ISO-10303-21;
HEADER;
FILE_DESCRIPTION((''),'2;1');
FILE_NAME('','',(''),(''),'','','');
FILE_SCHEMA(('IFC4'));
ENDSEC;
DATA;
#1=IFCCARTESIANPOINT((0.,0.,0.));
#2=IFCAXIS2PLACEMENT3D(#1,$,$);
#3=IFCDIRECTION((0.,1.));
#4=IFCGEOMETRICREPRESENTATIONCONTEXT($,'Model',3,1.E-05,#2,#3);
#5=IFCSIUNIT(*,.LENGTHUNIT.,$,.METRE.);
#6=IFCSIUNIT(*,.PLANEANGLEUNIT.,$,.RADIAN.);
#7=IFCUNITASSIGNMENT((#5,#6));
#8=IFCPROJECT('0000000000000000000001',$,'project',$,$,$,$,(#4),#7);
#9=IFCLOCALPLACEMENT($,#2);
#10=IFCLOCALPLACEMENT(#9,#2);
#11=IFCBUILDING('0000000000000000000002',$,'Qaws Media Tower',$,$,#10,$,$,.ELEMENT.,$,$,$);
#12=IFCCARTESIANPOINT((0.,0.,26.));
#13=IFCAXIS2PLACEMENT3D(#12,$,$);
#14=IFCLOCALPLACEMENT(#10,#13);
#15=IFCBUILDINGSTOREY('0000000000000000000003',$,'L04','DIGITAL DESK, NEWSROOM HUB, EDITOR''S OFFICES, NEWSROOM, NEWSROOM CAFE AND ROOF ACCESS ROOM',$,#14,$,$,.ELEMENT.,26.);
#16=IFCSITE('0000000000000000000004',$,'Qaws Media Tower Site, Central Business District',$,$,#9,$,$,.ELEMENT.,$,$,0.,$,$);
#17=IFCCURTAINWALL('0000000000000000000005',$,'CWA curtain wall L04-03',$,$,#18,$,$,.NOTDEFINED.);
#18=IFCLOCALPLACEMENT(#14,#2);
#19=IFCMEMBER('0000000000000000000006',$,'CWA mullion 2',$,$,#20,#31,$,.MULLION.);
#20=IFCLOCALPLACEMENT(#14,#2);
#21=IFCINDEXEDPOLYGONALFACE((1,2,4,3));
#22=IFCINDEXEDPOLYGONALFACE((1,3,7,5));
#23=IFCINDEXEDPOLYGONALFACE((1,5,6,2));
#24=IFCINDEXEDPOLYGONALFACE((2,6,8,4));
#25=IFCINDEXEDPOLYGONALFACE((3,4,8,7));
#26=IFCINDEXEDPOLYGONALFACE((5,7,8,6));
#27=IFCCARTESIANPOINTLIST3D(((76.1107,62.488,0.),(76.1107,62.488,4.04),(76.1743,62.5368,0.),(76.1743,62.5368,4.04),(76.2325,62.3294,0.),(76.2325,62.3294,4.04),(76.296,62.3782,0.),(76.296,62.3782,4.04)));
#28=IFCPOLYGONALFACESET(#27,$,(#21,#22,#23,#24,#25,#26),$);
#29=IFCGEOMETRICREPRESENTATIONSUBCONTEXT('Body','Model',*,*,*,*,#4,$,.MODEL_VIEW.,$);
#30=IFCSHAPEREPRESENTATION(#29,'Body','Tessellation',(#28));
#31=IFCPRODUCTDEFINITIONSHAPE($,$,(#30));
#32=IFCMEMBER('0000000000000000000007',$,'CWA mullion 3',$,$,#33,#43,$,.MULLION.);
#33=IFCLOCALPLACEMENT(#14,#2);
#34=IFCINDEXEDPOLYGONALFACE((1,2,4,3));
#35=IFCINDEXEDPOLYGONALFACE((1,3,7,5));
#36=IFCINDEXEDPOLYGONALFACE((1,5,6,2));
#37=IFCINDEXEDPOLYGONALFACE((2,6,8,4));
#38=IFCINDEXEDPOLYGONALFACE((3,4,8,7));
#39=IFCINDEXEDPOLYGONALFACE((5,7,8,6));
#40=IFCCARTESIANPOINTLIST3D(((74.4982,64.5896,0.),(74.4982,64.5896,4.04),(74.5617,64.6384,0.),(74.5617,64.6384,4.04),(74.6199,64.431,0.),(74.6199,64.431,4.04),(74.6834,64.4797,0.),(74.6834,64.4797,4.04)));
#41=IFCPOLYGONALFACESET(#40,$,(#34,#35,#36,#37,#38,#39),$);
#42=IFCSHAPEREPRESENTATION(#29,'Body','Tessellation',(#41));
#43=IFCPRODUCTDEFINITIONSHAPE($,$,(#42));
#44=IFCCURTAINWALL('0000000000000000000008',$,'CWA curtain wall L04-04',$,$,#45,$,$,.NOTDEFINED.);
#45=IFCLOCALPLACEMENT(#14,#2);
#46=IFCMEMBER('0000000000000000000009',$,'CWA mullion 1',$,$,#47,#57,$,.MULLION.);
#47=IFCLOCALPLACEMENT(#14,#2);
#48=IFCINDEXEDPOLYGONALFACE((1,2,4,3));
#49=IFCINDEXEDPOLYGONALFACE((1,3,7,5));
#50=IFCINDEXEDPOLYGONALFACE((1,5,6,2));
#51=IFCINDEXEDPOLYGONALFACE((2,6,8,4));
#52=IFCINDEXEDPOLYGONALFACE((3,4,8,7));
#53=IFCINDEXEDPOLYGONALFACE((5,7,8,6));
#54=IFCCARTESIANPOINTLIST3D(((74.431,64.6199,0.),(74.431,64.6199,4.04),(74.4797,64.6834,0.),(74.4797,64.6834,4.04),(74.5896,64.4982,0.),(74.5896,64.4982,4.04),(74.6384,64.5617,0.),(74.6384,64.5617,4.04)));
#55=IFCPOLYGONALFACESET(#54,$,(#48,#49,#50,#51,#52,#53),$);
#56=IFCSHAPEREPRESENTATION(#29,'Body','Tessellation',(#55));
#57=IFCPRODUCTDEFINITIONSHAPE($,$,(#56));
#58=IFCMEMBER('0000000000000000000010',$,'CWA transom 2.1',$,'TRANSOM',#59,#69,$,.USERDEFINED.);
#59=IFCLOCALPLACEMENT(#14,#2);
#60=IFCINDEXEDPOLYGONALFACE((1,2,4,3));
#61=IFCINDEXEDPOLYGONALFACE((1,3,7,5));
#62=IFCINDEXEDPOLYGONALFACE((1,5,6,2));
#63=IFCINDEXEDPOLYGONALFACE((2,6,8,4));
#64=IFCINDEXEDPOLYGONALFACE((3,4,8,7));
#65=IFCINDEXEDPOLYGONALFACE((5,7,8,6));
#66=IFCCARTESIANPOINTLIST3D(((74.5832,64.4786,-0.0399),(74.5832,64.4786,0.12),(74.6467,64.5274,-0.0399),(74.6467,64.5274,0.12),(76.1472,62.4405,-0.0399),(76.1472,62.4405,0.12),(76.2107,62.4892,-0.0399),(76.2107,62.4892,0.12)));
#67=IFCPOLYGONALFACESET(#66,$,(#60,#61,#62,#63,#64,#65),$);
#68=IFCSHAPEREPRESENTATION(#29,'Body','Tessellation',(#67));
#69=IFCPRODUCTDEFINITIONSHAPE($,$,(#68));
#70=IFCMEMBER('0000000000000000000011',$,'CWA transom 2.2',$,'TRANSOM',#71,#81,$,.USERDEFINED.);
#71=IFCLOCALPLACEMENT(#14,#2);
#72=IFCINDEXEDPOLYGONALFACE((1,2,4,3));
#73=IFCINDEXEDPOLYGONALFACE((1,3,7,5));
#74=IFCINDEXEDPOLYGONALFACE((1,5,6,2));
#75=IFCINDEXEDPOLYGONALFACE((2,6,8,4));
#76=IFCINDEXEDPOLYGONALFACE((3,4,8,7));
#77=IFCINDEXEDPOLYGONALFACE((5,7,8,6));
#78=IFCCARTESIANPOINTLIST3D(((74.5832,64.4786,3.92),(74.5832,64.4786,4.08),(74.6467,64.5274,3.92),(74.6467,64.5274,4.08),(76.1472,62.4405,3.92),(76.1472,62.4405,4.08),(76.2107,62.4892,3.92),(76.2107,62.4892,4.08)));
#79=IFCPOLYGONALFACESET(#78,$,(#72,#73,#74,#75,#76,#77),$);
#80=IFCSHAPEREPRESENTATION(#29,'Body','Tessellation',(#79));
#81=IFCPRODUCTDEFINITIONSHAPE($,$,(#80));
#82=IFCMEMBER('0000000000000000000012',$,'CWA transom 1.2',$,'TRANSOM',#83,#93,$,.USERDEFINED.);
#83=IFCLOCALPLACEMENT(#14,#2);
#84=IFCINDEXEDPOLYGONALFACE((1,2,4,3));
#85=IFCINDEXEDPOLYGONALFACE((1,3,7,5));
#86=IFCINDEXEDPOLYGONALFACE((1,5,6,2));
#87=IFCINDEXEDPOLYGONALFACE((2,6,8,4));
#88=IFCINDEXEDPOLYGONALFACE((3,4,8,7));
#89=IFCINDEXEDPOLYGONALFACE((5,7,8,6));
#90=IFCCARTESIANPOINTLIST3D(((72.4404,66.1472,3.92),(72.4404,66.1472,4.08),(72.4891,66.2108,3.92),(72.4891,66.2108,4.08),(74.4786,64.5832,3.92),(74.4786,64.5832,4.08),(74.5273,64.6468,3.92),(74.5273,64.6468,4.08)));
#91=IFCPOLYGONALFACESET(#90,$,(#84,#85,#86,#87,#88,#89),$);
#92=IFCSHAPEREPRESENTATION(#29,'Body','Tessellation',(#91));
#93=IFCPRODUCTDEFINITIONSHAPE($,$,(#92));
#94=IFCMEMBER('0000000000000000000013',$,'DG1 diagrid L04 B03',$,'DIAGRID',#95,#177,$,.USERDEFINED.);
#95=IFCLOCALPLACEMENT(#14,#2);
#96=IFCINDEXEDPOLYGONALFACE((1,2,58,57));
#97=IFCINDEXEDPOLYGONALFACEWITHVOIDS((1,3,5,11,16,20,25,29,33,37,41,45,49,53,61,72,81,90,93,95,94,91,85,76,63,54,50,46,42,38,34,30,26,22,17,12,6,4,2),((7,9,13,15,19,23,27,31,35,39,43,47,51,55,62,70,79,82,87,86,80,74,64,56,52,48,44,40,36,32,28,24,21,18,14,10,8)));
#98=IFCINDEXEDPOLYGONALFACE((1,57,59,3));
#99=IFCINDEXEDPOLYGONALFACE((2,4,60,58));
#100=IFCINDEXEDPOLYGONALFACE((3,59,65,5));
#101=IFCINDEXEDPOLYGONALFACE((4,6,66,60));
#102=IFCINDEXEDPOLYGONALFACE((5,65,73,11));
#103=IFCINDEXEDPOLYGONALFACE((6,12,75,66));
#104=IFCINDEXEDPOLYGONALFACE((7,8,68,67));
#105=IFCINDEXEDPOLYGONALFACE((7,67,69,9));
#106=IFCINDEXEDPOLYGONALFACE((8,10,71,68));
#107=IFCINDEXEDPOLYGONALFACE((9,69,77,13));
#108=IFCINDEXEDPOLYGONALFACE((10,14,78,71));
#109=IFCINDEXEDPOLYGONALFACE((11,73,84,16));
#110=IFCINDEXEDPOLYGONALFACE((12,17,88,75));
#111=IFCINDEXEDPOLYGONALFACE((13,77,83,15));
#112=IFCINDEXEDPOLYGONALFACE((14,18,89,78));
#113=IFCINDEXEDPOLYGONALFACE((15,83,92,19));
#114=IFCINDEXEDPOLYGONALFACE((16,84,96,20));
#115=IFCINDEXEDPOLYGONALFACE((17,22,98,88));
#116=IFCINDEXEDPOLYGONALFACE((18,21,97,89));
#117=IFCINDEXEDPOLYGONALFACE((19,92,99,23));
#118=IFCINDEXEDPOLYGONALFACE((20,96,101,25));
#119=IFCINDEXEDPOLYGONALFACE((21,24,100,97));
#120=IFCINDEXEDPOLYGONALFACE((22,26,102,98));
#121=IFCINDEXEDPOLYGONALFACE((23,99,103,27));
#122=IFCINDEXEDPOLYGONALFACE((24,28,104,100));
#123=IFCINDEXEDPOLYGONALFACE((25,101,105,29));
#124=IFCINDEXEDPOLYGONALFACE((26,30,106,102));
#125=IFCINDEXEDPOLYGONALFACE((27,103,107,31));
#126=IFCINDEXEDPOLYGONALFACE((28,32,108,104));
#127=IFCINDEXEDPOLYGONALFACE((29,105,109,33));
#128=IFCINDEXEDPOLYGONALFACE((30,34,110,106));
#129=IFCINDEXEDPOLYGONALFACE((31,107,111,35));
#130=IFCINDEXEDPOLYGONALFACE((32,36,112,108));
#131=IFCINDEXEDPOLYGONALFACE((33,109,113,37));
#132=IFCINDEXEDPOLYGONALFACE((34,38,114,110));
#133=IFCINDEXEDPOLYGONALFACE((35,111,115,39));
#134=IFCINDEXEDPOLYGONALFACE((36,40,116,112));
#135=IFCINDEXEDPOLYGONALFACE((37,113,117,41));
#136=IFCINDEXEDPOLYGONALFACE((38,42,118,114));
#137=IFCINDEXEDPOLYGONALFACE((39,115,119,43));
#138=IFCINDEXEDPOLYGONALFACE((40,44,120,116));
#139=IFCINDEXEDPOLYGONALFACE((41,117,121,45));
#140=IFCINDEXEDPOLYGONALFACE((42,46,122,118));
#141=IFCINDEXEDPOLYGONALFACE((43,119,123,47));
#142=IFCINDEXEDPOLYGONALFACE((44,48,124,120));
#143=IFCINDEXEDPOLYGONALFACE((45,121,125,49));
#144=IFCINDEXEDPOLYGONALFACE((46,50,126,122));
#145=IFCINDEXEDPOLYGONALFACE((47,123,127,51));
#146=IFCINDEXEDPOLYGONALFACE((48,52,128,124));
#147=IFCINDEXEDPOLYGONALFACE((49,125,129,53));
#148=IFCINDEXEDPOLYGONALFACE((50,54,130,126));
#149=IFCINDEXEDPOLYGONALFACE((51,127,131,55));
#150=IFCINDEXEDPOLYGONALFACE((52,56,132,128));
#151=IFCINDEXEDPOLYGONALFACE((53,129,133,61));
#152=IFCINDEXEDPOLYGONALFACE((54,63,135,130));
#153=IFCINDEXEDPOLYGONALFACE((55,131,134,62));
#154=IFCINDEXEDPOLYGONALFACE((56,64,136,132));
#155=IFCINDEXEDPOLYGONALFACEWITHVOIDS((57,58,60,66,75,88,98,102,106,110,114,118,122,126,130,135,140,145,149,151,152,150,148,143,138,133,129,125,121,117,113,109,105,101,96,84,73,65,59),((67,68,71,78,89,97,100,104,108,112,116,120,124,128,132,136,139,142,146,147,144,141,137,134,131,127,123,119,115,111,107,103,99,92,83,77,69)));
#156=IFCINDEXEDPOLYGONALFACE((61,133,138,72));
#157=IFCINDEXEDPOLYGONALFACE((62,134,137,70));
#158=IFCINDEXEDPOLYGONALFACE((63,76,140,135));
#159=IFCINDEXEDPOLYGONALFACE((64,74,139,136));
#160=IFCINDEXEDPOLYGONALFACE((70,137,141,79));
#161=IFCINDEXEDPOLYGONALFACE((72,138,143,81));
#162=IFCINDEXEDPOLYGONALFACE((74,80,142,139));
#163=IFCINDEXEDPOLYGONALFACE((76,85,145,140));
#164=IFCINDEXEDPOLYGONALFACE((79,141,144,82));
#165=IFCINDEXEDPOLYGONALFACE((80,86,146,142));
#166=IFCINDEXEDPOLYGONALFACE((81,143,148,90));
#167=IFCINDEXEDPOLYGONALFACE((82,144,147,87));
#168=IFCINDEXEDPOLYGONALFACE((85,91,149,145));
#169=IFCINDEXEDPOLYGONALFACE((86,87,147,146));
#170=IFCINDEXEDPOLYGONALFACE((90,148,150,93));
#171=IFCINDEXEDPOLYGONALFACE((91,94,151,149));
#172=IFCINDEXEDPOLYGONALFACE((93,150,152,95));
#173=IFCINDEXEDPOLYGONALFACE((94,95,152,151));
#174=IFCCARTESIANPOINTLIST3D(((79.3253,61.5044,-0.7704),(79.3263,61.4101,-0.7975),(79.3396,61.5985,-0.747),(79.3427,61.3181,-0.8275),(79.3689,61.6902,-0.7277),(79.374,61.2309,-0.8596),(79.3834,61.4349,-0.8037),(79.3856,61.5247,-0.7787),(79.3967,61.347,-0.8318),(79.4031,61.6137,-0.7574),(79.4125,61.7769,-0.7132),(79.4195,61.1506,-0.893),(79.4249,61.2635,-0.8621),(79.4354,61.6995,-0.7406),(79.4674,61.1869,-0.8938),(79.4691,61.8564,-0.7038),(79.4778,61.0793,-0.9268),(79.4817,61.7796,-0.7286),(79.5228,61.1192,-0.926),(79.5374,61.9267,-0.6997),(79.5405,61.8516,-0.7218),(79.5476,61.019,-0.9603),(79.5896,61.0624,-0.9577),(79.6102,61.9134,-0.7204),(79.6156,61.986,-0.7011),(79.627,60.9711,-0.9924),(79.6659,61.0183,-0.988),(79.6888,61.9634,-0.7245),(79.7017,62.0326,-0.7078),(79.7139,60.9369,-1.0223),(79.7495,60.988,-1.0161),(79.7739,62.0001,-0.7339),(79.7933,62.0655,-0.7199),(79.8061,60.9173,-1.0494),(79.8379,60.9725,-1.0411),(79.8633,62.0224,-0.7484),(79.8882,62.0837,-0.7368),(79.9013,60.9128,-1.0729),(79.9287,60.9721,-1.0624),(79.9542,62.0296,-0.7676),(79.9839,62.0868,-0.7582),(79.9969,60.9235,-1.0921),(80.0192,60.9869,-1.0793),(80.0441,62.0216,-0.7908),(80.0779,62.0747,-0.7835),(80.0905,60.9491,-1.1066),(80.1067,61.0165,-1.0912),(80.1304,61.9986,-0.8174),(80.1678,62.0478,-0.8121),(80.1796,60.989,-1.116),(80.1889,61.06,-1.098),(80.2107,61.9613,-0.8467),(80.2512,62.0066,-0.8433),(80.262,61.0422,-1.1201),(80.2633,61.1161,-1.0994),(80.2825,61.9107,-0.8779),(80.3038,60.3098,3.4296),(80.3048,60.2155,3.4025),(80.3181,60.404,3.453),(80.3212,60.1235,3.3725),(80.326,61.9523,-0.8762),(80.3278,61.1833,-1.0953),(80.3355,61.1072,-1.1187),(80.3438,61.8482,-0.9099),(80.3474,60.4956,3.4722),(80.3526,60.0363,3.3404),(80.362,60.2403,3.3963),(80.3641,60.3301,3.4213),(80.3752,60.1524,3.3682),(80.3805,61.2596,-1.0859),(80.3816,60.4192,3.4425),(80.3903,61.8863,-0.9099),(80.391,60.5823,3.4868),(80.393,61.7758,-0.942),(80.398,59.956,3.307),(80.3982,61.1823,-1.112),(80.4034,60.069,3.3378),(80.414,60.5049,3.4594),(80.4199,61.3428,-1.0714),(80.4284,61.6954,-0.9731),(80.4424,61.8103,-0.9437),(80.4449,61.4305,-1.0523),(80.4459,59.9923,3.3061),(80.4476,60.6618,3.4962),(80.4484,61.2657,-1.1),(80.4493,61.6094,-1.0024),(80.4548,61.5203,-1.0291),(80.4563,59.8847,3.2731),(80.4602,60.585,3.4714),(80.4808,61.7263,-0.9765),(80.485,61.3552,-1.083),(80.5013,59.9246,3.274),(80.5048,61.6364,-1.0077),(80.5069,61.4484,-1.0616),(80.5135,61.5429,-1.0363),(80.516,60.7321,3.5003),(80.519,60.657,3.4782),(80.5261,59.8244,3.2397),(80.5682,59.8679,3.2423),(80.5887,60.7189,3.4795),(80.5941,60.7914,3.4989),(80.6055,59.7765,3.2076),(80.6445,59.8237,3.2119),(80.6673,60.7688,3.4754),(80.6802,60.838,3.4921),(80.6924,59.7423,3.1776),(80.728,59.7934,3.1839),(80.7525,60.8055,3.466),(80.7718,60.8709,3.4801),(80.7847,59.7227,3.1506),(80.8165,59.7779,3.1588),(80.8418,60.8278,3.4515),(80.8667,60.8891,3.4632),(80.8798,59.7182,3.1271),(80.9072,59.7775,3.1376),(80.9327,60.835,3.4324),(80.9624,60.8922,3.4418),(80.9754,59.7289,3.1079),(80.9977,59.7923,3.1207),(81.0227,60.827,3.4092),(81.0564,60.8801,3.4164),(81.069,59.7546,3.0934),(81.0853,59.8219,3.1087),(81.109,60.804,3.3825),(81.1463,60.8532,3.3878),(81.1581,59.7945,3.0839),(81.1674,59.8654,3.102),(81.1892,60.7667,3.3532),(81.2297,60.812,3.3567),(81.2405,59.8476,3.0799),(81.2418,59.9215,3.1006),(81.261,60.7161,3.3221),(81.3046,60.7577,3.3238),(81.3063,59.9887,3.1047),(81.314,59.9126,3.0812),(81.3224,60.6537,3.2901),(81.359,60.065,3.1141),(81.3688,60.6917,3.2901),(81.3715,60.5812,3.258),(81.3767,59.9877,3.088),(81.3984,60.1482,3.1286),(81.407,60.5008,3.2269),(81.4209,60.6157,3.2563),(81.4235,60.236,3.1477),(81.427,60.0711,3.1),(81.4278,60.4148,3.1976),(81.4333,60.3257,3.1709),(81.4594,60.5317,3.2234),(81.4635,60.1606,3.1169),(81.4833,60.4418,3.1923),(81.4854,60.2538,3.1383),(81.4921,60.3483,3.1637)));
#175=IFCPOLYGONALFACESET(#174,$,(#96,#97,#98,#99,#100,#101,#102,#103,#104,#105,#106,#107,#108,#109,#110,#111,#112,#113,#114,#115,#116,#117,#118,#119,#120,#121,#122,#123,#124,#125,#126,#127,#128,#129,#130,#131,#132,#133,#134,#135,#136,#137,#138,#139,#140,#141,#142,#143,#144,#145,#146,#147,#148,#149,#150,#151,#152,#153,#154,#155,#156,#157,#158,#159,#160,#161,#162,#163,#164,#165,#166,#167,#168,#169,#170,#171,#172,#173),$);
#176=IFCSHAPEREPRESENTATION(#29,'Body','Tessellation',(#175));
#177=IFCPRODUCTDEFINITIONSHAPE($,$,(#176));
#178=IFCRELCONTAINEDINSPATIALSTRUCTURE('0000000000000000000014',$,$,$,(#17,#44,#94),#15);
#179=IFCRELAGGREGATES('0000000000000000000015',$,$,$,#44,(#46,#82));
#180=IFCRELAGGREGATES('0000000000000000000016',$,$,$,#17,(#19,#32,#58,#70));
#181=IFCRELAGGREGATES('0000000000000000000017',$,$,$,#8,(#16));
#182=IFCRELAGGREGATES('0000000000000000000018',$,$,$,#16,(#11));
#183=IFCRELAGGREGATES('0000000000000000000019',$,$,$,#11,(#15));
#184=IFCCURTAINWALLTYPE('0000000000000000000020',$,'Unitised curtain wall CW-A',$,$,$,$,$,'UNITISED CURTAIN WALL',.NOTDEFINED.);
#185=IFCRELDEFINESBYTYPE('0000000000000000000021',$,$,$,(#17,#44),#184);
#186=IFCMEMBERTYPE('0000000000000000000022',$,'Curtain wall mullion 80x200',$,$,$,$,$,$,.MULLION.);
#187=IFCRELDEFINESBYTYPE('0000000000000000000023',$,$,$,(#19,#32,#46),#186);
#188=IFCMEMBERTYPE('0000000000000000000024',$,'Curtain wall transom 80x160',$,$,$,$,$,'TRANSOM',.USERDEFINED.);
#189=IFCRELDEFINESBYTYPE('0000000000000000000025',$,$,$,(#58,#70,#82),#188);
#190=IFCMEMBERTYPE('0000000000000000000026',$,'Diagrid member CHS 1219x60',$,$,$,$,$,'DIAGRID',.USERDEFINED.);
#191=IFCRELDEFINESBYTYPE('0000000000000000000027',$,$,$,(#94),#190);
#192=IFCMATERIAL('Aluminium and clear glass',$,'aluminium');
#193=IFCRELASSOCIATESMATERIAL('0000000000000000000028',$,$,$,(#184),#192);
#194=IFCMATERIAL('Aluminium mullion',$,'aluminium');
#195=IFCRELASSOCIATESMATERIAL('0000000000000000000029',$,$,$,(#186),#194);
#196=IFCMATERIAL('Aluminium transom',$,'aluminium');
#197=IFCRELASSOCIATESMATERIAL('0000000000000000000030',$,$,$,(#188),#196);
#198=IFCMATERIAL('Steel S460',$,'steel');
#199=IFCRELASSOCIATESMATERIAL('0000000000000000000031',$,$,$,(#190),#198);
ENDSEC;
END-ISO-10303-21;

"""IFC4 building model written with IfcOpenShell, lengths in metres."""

from ifc_helpers import new_model, si_unit, direction, frame, origin, origin_2d, place, context, subcontext, project, spatial, rectangle, hollow_circle, extrude, material, material_profile, profile_set, type_object, element, aggregate, save


model = new_model("IFC4")

# Units and contexts
model_context = context("Model", 3, precision=1e-05, world=origin(), true_north=direction((0.0, 1.0)))
body_context = subcontext(model_context, "Body", "Model", "MODEL_VIEW")
ifc_project = project(units=[si_unit("LENGTHUNIT", "METRE"), si_unit("PLANEANGLEUNIT", "RADIAN")], contexts=[model_context])

# Site, building, storey
site_placement = place(None, origin())
site = spatial("IfcSite", under=ifc_project, at=site_placement, Name="Qaws Media Tower Site, Central Business District", CompositionType="ELEMENT", RefElevation=0.0)
building_placement = place(site_placement, origin())
building = spatial("IfcBuilding", under=site, at=building_placement, Name="Qaws Media Tower", CompositionType="ELEMENT")
storey_placement = place(building_placement, frame((0.0, 0.0, 26.0)))
storey = spatial("IfcBuildingStorey", under=building, at=storey_placement, Name="L04", Description="DIGITAL DESK, NEWSROOM HUB, EDITOR'S OFFICES, NEWSROOM, NEWSROOM CAFE AND ROOF ACCESS ROOM", CompositionType="ELEMENT", Elevation=26.0)

# Curtain wall, members
ifc_material_1 = material(Name="Aluminium and clear glass", Category="aluminium")
curtain_wall_type = type_object("IfcCurtainWallType", Name="Unitised curtain wall CW-A", ElementType="UNITISED CURTAIN WALL", PredefinedType="NOTDEFINED", material=ifc_material_1)
curtain_wall_1_placement = place(storey_placement, origin())
curtain_wall_1 = element("IfcCurtainWall", 1, at=curtain_wall_1_placement, inside=storey, type_object=curtain_wall_type, Name="CWA curtain wall L04-03", PredefinedType="NOTDEFINED")
ifc_material_2 = material(Name="Aluminium mullion", Category="aluminium")
ifc_material_profile_1 = material_profile(ifc_material_2, rectangle(XDim=0.0801, YDim=0.2, at=origin_2d()), Name="80x200")
ifc_profile_set_1 = profile_set([ifc_material_profile_1], Name="Aluminium mullion")
member_type_1 = type_object("IfcMemberType", Name="Curtain wall mullion 80x200", PredefinedType="MULLION", material=ifc_profile_set_1)
member_1_placement = place(storey_placement, frame((76.2034, 62.4331, 0.0), z_axis=(0.0, 0.0, 1.0), x_axis=(-0.793353, -0.608761, 0.0)))
member_1 = element("IfcMember", 2, at=member_1_placement, type_object=member_type_1, Name="CWA mullion 2", PredefinedType="MULLION", context=body_context, shape_type="SweptSolid", body=[
    extrude(rectangle(XDim=0.0801, YDim=0.2, at=origin_2d()), origin(), (0.0, 0.0, 1.0), 4.04),
])
member_2_placement = place(storey_placement, frame((74.5908, 64.5347, 0.0), z_axis=(0.0, 0.0, 1.0), x_axis=(-0.793353, -0.608761, 0.0)))
member_2 = element("IfcMember", 3, at=member_2_placement, type_object=member_type_1, Name="CWA mullion 3", PredefinedType="MULLION", context=body_context, shape_type="SweptSolid", body=[
    extrude(rectangle(XDim=0.0801, YDim=0.2, at=origin_2d()), origin(), (0.0, 0.0, 1.0), 4.04),
])

# Curtain wall, member
curtain_wall_2_placement = place(storey_placement, origin())
curtain_wall_2 = element("IfcCurtainWall", 4, at=curtain_wall_2_placement, inside=storey, type_object=curtain_wall_type, Name="CWA curtain wall L04-04", PredefinedType="NOTDEFINED")
member_3_placement = place(storey_placement, frame((74.5347, 64.5908, 0.0), z_axis=(0.0, 0.0, 1.0), x_axis=(-0.608761, -0.793353, 0.0)))
member_3 = element("IfcMember", 5, at=member_3_placement, type_object=member_type_1, Name="CWA mullion 1", PredefinedType="MULLION", context=body_context, shape_type="SweptSolid", body=[
    extrude(rectangle(XDim=0.0801, YDim=0.2, at=origin_2d()), origin(), (0.0, 0.0, 1.0), 4.04),
])

# Members
ifc_material_3 = material(Name="Aluminium transom", Category="aluminium")
ifc_material_profile_2 = material_profile(ifc_material_3, rectangle(XDim=0.0801, YDim=0.1599, at=origin_2d()), Name="80x160")
ifc_profile_set_2 = profile_set([ifc_material_profile_2], Name="Aluminium transom")
member_type_2 = type_object("IfcMemberType", Name="Curtain wall transom 80x160", ElementType="TRANSOM", PredefinedType="USERDEFINED", material=ifc_profile_set_2)
member_4_placement = place(storey_placement, frame((76.179, 62.4648, 0.04), z_axis=(-0.608783, 0.793337, 0.0), x_axis=(-0.793337, -0.608783, 0.0)))
member_4 = element("IfcMember", 6, at=member_4_placement, type_object=member_type_2, Name="CWA transom 2.1", ObjectType="TRANSOM", PredefinedType="USERDEFINED", context=body_context, shape_type="SweptSolid", body=[
    extrude(rectangle(XDim=0.0801, YDim=0.1599, at=origin_2d()), origin(), (0.0, 0.0, 1.0), 2.5691),
])
member_5_placement = place(storey_placement, frame((76.179, 62.4648, 4.0), z_axis=(-0.608783, 0.793337, 0.0), x_axis=(-0.793337, -0.608783, 0.0)))
member_5 = element("IfcMember", 7, at=member_5_placement, type_object=member_type_2, Name="CWA transom 2.2", ObjectType="TRANSOM", PredefinedType="USERDEFINED", context=body_context, shape_type="SweptSolid", body=[
    extrude(rectangle(XDim=0.0801, YDim=0.1599, at=origin_2d()), origin(), (0.0, 0.0, 1.0), 2.5691),
])
member_6_placement = place(storey_placement, frame((74.5029, 64.615, 4.0), z_axis=(-0.793337, 0.608783, 0.0), x_axis=(-0.608783, -0.793337, 0.0)))
member_6 = element("IfcMember", 8, at=member_6_placement, type_object=member_type_2, Name="CWA transom 1.2", ObjectType="TRANSOM", PredefinedType="USERDEFINED", context=body_context, shape_type="SweptSolid", body=[
    extrude(rectangle(XDim=0.0801, YDim=0.1599, at=origin_2d()), origin(), (0.0, 0.0, 1.0), 2.5691),
])
aggregate(curtain_wall_2, [member_3, member_6])

# Member
ifc_material_4 = material(Name="Steel S460", Category="steel")
ifc_material_profile_3 = material_profile(ifc_material_4, hollow_circle(Radius=0.6096, WallThickness=0.0601, at=origin_2d()), Name="CHS 1219x60")
ifc_profile_set_3 = profile_set([ifc_material_profile_3], Name="Steel S460")
member_type_3 = type_object("IfcMemberType", Name="Diagrid member CHS 1219x60", ElementType="DIAGRID", PredefinedType="USERDEFINED", material=ifc_profile_set_3)
for number, where, z_axis, x_axis, name in (
    (9, (79.9187, 61.5, -0.9099), (0.218671, -0.266955, 0.938572), (0.773598, 0.633677, 0.0), "DG1 diagrid L04 B03"),
):
    element("IfcMember", number, at=place(storey_placement, frame(where, z_axis=z_axis, x_axis=x_axis)), inside=storey, type_object=member_type_3, Name=name, ObjectType="DIAGRID", PredefinedType="USERDEFINED", context=body_context, shape_type="SweptSolid", body=[
        extrude(hollow_circle(Radius=0.6096, WallThickness=0.0601, at=origin_2d()), origin(), (0.0, 0.0, 1.0), 4.4749),
    ])

aggregate(curtain_wall_1, [member_1, member_2, member_4, member_5])

save(model, "model.ifc")
